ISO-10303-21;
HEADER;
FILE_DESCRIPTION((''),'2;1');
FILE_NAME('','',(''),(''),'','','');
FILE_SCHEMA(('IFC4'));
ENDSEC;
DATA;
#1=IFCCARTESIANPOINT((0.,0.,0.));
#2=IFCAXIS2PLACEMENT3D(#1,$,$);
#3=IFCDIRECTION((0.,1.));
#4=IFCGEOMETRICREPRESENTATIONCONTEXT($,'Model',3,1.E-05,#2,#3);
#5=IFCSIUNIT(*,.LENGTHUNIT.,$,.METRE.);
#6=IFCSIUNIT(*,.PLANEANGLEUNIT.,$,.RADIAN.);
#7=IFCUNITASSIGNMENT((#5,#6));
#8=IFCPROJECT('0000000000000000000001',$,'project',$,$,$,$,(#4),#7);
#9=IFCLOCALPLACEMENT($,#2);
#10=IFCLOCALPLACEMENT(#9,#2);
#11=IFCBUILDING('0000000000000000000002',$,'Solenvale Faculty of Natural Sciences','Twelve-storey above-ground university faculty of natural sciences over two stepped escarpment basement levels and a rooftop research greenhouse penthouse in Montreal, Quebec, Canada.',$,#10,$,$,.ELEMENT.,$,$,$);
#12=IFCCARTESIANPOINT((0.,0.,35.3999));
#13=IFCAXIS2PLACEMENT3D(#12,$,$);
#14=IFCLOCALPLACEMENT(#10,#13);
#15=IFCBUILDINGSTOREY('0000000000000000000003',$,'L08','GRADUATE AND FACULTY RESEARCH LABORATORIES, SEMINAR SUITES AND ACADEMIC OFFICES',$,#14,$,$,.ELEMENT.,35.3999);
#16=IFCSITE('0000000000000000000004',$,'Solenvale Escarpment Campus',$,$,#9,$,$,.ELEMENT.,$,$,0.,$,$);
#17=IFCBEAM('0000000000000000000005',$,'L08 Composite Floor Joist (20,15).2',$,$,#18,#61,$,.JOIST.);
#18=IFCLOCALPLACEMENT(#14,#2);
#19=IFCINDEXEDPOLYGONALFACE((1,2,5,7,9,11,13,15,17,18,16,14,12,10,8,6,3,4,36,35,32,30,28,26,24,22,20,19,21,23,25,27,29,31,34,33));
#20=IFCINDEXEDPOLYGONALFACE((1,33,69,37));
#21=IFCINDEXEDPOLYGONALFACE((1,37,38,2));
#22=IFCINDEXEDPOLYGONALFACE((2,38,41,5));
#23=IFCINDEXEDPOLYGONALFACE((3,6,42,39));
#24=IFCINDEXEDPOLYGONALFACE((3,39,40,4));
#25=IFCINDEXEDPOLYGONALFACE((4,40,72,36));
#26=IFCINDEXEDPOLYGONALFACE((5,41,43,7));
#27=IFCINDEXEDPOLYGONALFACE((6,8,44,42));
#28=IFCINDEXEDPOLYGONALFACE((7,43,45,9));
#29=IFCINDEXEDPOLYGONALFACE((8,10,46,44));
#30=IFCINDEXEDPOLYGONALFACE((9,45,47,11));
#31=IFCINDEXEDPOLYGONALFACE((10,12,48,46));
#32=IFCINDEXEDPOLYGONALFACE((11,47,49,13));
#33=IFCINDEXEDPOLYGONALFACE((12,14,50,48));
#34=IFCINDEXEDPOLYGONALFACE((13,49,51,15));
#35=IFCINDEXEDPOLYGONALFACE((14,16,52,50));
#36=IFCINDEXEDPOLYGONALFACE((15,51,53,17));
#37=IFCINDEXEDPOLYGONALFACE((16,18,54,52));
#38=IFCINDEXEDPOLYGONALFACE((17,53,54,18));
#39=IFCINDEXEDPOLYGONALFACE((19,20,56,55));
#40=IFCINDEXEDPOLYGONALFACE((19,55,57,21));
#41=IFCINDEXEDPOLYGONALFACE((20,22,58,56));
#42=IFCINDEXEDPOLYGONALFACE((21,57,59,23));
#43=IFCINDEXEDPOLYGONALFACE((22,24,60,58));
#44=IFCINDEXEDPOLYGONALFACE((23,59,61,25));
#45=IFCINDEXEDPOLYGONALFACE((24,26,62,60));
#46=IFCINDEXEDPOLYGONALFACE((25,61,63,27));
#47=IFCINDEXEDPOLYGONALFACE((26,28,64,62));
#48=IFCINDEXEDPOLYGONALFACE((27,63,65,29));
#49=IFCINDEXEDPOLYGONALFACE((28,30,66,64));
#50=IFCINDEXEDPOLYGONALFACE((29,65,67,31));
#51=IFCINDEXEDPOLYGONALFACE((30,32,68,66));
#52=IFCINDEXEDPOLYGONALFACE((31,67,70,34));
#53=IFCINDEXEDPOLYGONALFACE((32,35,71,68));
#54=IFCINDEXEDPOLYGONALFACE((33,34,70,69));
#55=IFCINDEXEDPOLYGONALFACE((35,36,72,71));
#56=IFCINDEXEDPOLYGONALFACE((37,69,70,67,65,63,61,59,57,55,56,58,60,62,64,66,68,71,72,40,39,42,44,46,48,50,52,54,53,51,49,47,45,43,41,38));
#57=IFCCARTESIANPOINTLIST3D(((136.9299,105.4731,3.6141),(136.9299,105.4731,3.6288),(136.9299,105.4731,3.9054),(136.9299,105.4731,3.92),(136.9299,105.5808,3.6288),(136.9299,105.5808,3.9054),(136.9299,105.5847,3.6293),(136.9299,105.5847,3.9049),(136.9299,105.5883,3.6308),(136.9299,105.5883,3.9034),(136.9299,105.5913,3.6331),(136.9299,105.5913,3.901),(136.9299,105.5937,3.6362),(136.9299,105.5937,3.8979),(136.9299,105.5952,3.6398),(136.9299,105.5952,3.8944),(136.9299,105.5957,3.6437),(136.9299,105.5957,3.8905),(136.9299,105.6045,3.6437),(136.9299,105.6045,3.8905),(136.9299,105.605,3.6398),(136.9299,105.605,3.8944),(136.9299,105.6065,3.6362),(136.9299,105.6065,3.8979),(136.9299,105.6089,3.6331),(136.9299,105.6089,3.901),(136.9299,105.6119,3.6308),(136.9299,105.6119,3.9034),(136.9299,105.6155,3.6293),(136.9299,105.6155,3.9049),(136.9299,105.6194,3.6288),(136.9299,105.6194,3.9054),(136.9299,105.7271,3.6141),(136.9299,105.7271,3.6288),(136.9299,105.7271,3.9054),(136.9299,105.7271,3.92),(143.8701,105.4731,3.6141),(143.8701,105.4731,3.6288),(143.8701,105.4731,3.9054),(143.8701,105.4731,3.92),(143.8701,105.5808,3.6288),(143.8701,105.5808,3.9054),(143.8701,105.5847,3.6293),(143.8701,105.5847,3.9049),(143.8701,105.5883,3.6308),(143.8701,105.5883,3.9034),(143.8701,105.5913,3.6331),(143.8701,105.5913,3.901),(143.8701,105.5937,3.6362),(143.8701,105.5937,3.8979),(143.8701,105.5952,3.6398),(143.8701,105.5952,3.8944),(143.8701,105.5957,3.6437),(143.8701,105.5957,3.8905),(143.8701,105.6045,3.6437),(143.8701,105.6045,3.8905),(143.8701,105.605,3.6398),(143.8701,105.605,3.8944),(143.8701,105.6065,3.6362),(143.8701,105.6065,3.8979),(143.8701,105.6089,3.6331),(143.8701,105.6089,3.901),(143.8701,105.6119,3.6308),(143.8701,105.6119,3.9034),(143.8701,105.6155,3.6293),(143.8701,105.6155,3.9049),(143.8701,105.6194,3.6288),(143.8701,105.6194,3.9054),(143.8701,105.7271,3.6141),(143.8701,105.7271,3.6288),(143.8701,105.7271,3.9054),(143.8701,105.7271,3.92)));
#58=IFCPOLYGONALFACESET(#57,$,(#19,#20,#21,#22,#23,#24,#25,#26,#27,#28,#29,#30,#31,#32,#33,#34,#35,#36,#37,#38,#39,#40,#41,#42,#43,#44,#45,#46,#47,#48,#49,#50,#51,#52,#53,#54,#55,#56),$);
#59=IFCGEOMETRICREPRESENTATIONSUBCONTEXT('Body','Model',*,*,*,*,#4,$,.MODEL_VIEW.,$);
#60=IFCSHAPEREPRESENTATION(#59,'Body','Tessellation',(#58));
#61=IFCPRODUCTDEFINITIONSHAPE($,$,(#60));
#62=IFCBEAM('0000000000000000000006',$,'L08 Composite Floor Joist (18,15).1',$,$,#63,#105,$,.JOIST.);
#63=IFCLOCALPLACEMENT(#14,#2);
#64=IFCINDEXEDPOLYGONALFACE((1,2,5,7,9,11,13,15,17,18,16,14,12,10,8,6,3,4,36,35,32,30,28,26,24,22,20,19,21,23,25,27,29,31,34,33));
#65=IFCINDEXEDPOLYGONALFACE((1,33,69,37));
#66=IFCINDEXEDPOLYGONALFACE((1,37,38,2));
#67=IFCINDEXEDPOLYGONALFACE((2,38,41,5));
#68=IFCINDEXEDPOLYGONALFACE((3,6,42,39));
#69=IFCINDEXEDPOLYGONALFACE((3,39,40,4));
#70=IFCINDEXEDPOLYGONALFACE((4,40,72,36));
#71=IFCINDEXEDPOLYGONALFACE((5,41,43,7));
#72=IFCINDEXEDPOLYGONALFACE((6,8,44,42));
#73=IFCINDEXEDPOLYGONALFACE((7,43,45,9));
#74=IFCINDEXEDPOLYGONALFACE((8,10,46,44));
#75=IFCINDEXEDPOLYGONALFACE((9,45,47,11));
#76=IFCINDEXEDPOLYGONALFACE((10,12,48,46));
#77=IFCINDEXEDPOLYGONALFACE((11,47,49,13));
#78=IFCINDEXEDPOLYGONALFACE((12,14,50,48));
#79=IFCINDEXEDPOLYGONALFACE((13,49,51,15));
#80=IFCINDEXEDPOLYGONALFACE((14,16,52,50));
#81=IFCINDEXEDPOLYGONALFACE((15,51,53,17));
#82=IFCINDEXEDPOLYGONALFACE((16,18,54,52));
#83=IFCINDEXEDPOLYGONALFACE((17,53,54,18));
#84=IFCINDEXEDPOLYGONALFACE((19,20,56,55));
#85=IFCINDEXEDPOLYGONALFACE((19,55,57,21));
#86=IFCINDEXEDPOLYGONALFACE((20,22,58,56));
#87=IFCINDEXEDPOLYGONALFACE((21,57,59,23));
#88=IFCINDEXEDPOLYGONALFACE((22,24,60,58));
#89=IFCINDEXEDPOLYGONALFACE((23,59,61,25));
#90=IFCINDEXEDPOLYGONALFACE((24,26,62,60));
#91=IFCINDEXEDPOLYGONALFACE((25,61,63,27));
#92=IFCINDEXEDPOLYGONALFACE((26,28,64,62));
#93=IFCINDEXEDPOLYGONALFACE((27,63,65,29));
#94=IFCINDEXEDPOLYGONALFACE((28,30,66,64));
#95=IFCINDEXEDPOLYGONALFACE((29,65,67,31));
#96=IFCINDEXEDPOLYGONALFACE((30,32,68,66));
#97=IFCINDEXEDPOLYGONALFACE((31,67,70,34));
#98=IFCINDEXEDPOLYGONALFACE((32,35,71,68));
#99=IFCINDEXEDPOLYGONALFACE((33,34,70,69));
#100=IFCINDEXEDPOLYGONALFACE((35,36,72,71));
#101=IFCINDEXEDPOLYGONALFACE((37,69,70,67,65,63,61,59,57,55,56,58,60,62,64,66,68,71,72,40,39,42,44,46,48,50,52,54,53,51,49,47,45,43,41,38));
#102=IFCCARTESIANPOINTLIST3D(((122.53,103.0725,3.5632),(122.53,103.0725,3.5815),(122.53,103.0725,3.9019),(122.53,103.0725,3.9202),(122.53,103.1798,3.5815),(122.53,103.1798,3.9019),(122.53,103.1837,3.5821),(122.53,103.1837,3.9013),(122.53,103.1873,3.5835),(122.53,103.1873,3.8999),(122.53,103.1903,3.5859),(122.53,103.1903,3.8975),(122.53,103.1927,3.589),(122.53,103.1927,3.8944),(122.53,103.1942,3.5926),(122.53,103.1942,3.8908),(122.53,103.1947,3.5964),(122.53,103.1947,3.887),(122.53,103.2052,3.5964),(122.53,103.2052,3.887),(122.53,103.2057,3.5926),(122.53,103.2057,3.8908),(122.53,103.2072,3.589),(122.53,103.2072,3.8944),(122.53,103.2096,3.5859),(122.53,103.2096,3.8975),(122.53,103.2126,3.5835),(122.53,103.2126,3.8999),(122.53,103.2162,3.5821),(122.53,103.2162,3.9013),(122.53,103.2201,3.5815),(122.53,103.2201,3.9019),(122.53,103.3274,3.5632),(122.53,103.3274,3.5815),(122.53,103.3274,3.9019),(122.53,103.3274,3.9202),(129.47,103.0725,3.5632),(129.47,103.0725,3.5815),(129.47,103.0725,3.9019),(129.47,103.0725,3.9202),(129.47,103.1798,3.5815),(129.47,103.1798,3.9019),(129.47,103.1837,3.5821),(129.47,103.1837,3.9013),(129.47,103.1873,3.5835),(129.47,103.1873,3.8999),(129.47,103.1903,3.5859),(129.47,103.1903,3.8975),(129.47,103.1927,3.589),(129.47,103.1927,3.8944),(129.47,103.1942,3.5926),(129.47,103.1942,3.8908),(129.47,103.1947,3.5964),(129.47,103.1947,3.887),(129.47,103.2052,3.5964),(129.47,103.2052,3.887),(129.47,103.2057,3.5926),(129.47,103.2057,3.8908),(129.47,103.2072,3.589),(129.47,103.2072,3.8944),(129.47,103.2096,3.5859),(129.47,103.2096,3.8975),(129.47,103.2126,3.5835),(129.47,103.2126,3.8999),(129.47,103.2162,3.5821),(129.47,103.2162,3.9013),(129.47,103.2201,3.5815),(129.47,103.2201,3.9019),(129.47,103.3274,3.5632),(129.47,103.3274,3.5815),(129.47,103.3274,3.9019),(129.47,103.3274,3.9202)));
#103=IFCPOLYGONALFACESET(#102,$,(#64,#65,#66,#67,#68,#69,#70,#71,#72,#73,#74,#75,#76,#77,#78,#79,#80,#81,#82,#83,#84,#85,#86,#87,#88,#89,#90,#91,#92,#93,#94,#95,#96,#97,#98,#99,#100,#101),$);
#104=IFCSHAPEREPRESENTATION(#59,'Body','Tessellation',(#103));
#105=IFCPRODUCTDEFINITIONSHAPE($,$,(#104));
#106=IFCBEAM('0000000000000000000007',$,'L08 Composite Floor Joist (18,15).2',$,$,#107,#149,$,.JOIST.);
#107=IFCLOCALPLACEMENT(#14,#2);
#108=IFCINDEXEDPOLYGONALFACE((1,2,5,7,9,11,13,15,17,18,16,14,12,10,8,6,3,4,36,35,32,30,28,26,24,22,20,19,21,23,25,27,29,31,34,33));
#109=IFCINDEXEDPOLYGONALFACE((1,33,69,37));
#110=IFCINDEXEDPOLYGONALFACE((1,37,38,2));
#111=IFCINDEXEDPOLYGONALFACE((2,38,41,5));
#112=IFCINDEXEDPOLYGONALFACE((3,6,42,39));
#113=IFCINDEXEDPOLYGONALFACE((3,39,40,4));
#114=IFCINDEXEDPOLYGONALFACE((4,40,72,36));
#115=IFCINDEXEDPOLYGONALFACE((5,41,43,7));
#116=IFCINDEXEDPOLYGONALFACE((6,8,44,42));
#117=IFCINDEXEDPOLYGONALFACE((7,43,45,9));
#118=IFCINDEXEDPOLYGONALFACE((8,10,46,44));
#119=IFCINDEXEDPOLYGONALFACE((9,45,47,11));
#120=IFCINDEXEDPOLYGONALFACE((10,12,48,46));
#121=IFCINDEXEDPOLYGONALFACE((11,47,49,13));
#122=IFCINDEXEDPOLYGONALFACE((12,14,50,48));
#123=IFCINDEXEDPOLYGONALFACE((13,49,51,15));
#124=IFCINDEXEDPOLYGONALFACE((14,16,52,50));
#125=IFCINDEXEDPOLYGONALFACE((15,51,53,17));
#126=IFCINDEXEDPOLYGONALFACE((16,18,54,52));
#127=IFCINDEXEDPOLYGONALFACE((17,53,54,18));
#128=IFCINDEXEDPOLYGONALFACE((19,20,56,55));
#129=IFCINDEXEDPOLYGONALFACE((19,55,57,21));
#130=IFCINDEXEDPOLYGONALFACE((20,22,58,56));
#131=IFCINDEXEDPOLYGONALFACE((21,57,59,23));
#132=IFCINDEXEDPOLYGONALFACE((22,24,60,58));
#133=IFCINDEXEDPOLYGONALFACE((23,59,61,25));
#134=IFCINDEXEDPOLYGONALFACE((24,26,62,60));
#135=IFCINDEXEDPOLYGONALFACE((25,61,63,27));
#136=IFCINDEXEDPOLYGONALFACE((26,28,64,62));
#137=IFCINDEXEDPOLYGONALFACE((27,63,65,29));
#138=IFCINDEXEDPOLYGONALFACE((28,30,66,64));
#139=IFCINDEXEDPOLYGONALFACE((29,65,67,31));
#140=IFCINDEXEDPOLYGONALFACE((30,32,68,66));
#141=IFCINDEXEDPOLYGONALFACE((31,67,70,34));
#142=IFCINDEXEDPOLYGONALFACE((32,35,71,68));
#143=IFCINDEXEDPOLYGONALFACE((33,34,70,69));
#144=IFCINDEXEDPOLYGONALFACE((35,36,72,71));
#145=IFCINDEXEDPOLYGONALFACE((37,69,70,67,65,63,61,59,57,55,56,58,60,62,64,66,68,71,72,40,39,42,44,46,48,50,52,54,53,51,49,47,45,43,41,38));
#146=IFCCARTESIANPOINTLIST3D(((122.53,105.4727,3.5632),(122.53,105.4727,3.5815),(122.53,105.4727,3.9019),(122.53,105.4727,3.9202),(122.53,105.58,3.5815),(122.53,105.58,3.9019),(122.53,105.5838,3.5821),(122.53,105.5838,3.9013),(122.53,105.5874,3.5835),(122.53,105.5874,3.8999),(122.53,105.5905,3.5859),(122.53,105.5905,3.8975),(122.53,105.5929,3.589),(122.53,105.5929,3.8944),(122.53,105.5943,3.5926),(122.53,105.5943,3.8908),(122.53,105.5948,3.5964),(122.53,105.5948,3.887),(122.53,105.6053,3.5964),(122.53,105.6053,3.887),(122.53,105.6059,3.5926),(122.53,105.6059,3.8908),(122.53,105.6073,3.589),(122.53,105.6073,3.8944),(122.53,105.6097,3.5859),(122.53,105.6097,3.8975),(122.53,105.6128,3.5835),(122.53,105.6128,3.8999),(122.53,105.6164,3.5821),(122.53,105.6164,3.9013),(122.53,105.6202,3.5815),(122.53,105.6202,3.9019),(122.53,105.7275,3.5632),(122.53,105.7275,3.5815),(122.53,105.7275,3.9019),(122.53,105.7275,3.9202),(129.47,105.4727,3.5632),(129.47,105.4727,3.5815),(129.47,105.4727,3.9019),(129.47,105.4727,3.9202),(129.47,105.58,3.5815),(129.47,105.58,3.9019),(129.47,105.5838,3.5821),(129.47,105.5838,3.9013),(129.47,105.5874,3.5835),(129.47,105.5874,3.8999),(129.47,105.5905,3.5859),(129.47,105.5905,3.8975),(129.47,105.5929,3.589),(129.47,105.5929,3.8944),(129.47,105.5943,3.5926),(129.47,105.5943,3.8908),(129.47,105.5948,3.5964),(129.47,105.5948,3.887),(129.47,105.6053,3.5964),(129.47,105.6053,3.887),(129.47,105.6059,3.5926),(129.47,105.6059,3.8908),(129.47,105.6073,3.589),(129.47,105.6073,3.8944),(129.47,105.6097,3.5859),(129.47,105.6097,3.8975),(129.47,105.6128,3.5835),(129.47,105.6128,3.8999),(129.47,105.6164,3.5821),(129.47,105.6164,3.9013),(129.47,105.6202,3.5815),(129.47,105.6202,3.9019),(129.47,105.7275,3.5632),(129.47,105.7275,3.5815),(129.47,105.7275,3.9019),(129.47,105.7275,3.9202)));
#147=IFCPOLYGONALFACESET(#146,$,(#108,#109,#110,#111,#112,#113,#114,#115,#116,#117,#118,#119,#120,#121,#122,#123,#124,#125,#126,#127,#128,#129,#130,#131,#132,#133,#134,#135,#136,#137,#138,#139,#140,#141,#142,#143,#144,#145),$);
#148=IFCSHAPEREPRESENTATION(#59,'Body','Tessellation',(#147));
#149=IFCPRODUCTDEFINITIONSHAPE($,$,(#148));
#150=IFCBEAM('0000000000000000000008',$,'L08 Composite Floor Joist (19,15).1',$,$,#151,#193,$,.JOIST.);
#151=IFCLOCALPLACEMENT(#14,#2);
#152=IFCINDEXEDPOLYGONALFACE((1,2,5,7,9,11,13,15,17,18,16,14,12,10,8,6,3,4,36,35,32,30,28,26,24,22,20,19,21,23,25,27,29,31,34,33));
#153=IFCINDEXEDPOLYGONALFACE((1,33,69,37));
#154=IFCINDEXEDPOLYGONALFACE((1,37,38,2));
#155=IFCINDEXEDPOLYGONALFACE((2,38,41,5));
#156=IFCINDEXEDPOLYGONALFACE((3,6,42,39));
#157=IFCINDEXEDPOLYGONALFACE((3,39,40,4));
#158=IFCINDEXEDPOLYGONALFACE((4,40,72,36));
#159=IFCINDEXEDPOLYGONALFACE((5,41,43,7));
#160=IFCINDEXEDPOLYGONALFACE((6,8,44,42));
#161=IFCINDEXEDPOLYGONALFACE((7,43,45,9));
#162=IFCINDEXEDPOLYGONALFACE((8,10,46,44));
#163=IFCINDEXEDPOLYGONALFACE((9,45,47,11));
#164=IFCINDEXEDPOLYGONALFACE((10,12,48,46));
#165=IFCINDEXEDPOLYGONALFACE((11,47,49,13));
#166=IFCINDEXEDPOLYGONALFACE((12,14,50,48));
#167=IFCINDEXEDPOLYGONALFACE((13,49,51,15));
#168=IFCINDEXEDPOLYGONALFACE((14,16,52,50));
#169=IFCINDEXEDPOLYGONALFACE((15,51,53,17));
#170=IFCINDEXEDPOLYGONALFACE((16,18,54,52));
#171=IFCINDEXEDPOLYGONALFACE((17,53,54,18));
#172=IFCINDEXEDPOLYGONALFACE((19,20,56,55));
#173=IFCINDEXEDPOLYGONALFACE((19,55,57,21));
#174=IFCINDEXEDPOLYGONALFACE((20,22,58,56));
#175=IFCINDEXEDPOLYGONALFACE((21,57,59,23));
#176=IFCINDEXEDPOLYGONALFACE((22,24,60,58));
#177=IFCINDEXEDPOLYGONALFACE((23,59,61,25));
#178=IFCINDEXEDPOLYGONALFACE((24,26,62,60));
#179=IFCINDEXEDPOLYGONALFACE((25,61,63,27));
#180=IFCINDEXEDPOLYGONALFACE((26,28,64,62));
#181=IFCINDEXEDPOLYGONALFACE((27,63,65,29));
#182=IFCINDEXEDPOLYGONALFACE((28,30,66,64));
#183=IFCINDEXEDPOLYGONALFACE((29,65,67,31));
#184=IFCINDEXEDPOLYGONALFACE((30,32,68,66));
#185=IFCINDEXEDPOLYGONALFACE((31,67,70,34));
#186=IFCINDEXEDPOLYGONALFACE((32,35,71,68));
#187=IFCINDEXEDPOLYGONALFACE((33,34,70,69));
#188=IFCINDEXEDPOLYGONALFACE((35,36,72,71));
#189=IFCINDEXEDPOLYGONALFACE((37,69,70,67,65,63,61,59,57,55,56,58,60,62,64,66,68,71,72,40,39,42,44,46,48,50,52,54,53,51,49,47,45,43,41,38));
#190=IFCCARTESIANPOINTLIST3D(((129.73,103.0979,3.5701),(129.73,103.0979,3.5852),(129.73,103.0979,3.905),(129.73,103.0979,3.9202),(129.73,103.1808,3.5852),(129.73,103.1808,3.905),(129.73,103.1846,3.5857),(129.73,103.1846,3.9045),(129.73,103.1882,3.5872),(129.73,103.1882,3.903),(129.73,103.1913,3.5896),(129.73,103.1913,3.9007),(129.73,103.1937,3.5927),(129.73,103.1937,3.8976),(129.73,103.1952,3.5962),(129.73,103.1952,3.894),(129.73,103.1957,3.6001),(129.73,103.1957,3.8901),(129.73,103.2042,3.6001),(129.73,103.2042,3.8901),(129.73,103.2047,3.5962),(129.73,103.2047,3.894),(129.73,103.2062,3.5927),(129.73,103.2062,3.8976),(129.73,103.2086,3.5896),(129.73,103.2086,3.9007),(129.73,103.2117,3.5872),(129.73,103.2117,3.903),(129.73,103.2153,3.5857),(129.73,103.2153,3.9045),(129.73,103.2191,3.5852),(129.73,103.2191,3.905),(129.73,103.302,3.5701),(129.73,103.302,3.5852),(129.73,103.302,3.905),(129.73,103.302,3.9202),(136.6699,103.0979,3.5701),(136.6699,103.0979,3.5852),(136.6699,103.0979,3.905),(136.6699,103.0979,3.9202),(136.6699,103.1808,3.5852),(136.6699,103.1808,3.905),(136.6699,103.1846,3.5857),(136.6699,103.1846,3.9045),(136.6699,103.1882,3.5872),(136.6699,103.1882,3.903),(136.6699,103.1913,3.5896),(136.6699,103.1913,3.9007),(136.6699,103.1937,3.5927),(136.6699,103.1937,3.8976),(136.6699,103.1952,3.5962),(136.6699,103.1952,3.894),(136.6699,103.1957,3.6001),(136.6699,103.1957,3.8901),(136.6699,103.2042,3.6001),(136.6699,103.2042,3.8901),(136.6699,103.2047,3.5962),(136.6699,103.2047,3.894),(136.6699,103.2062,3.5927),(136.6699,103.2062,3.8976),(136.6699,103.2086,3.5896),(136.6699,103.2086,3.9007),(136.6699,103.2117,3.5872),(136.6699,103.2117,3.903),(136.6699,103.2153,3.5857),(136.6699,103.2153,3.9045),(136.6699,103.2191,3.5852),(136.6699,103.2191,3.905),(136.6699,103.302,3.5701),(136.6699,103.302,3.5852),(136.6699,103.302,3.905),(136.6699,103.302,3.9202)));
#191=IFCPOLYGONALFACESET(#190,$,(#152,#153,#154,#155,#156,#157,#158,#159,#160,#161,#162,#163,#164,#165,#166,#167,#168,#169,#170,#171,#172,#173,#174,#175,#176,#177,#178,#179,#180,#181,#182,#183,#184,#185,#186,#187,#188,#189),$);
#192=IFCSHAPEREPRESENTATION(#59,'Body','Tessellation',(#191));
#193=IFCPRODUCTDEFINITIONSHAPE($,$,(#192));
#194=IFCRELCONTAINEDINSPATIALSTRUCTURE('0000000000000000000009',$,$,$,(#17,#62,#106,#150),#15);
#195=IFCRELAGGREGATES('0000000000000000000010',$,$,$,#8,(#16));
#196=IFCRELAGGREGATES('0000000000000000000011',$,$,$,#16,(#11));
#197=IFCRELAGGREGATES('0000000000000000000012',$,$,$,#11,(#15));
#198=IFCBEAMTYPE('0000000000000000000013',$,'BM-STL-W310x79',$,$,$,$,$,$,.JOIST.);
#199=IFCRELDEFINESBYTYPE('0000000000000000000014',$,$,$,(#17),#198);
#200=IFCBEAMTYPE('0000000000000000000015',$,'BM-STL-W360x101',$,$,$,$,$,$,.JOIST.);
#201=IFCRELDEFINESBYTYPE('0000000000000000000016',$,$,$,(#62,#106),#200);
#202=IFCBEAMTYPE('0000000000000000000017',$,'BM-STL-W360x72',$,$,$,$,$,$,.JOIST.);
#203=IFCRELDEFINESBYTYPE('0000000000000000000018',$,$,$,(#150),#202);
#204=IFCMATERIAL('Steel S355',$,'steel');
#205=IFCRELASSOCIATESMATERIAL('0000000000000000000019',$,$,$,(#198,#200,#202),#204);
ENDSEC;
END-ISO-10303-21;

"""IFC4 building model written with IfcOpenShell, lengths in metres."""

from ifc_helpers import new_model, si_unit, direction, frame, origin, origin_2d, place, context, subcontext, project, spatial, i_section, extrude, material, material_profile, profile_set, type_object, element, save


model = new_model("IFC4")

# Units and contexts
model_context = context("Model", 3, precision=1e-05, world=origin(), true_north=direction((0.0, 1.0)))
body_context = subcontext(model_context, "Body", "Model", "MODEL_VIEW")
ifc_project = project(units=[si_unit("LENGTHUNIT", "METRE"), si_unit("PLANEANGLEUNIT", "RADIAN")], contexts=[model_context])

# Site, building, storey
site_placement = place(None, origin())
site = spatial("IfcSite", under=ifc_project, at=site_placement, Name="Solenvale Escarpment Campus", CompositionType="ELEMENT", RefElevation=0.0)
building_placement = place(site_placement, origin())
building = spatial("IfcBuilding", under=site, at=building_placement, Name="Solenvale Faculty of Natural Sciences", Description="Twelve-storey above-ground university faculty of natural sciences over two stepped escarpment basement levels and a rooftop research greenhouse penthouse in Montreal, Quebec, Canada.", CompositionType="ELEMENT")
storey_placement = place(building_placement, frame((0.0, 0.0, 35.3999)))
storey = spatial("IfcBuildingStorey", under=building, at=storey_placement, Name="L08", Description="GRADUATE AND FACULTY RESEARCH LABORATORIES, SEMINAR SUITES AND ACADEMIC OFFICES", CompositionType="ELEMENT", Elevation=35.3999)

# Beams
ifc_material_1 = material(Name="Steel S355", Category="steel")
ifc_material_profile_1 = material_profile(ifc_material_1, i_section(OverallWidth=0.2539, OverallDepth=0.3059, WebThickness=0.0088, FlangeThickness=0.0146, FilletRadius=0.0149, at=origin_2d()), Name="W310x79")
ifc_profile_set_1 = profile_set([ifc_material_profile_1], Name="Steel S355")
beam_type_1 = type_object("IfcBeamType", Name="BM-STL-W310x79", PredefinedType="JOIST", material=ifc_profile_set_1)
for number, where, z_axis, x_axis, name in (
    (1, (136.9299, 105.6001, 3.7671), (1.0, 0.0, 0.0), (0.0, 1.0, 0.0), "L08 Composite Floor Joist (20,15).2"),
):
    element("IfcBeam", number, at=place(storey_placement, frame(where, z_axis=z_axis, x_axis=x_axis)), inside=storey, type_object=beam_type_1, Name=name, PredefinedType="JOIST", context=body_context, shape_type="SweptSolid", body=[
        extrude(i_section(OverallWidth=0.2539, OverallDepth=0.3059, WebThickness=0.0088, FlangeThickness=0.0146, FilletRadius=0.0149, at=origin_2d()), origin(), (0.0, 0.0, 1.0), 6.9402),
    ])
ifc_material_profile_2 = material_profile(ifc_material_1, i_section(OverallWidth=0.2549, OverallDepth=0.3569, WebThickness=0.0105, FlangeThickness=0.0183, FilletRadius=0.0149, at=origin_2d()), Name="W360x101")
ifc_profile_set_2 = profile_set([ifc_material_profile_2], Name="Steel S355")
beam_type_2 = type_object("IfcBeamType", Name="BM-STL-W360x101", PredefinedType="JOIST", material=ifc_profile_set_2)
for number, where, z_axis, x_axis, name in (
    (2, (122.53, 103.2, 3.7417), (1.0, 0.0, 0.0), (0.0, 1.0, 0.0), "L08 Composite Floor Joist (18,15).1"),
    (3, (122.53, 105.6001, 3.7417), (1.0, 0.0, 0.0), (0.0, 1.0, 0.0), "L08 Composite Floor Joist (18,15).2"),
):
    element("IfcBeam", number, at=place(storey_placement, frame(where, z_axis=z_axis, x_axis=x_axis)), inside=storey, type_object=beam_type_2, Name=name, PredefinedType="JOIST", context=body_context, shape_type="SweptSolid", body=[
        extrude(i_section(OverallWidth=0.2549, OverallDepth=0.3569, WebThickness=0.0105, FlangeThickness=0.0183, FilletRadius=0.0149, at=origin_2d()), origin(), (0.0, 0.0, 1.0), 6.9399),
    ])
ifc_material_profile_3 = material_profile(ifc_material_1, i_section(OverallWidth=0.2041, OverallDepth=0.3501, WebThickness=0.0085, FlangeThickness=0.0151, FilletRadius=0.0149, at=origin_2d()), Name="W360x72")
ifc_profile_set_3 = profile_set([ifc_material_profile_3], Name="Steel S355")
beam_type_3 = type_object("IfcBeamType", Name="BM-STL-W360x72", PredefinedType="JOIST", material=ifc_profile_set_3)
for number, where, z_axis, x_axis, name in (
    (4, (129.73, 103.2, 3.7451), (1.0, 0.0, 0.0), (0.0, 1.0, 0.0), "L08 Composite Floor Joist (19,15).1"),
):
    element("IfcBeam", number, at=place(storey_placement, frame(where, z_axis=z_axis, x_axis=x_axis)), inside=storey, type_object=beam_type_3, Name=name, PredefinedType="JOIST", context=body_context, shape_type="SweptSolid", body=[
        extrude(i_section(OverallWidth=0.2041, OverallDepth=0.3501, WebThickness=0.0085, FlangeThickness=0.0151, FilletRadius=0.0149, at=origin_2d()), origin(), (0.0, 0.0, 1.0), 6.9399),
    ])

save(model, "model.ifc")
